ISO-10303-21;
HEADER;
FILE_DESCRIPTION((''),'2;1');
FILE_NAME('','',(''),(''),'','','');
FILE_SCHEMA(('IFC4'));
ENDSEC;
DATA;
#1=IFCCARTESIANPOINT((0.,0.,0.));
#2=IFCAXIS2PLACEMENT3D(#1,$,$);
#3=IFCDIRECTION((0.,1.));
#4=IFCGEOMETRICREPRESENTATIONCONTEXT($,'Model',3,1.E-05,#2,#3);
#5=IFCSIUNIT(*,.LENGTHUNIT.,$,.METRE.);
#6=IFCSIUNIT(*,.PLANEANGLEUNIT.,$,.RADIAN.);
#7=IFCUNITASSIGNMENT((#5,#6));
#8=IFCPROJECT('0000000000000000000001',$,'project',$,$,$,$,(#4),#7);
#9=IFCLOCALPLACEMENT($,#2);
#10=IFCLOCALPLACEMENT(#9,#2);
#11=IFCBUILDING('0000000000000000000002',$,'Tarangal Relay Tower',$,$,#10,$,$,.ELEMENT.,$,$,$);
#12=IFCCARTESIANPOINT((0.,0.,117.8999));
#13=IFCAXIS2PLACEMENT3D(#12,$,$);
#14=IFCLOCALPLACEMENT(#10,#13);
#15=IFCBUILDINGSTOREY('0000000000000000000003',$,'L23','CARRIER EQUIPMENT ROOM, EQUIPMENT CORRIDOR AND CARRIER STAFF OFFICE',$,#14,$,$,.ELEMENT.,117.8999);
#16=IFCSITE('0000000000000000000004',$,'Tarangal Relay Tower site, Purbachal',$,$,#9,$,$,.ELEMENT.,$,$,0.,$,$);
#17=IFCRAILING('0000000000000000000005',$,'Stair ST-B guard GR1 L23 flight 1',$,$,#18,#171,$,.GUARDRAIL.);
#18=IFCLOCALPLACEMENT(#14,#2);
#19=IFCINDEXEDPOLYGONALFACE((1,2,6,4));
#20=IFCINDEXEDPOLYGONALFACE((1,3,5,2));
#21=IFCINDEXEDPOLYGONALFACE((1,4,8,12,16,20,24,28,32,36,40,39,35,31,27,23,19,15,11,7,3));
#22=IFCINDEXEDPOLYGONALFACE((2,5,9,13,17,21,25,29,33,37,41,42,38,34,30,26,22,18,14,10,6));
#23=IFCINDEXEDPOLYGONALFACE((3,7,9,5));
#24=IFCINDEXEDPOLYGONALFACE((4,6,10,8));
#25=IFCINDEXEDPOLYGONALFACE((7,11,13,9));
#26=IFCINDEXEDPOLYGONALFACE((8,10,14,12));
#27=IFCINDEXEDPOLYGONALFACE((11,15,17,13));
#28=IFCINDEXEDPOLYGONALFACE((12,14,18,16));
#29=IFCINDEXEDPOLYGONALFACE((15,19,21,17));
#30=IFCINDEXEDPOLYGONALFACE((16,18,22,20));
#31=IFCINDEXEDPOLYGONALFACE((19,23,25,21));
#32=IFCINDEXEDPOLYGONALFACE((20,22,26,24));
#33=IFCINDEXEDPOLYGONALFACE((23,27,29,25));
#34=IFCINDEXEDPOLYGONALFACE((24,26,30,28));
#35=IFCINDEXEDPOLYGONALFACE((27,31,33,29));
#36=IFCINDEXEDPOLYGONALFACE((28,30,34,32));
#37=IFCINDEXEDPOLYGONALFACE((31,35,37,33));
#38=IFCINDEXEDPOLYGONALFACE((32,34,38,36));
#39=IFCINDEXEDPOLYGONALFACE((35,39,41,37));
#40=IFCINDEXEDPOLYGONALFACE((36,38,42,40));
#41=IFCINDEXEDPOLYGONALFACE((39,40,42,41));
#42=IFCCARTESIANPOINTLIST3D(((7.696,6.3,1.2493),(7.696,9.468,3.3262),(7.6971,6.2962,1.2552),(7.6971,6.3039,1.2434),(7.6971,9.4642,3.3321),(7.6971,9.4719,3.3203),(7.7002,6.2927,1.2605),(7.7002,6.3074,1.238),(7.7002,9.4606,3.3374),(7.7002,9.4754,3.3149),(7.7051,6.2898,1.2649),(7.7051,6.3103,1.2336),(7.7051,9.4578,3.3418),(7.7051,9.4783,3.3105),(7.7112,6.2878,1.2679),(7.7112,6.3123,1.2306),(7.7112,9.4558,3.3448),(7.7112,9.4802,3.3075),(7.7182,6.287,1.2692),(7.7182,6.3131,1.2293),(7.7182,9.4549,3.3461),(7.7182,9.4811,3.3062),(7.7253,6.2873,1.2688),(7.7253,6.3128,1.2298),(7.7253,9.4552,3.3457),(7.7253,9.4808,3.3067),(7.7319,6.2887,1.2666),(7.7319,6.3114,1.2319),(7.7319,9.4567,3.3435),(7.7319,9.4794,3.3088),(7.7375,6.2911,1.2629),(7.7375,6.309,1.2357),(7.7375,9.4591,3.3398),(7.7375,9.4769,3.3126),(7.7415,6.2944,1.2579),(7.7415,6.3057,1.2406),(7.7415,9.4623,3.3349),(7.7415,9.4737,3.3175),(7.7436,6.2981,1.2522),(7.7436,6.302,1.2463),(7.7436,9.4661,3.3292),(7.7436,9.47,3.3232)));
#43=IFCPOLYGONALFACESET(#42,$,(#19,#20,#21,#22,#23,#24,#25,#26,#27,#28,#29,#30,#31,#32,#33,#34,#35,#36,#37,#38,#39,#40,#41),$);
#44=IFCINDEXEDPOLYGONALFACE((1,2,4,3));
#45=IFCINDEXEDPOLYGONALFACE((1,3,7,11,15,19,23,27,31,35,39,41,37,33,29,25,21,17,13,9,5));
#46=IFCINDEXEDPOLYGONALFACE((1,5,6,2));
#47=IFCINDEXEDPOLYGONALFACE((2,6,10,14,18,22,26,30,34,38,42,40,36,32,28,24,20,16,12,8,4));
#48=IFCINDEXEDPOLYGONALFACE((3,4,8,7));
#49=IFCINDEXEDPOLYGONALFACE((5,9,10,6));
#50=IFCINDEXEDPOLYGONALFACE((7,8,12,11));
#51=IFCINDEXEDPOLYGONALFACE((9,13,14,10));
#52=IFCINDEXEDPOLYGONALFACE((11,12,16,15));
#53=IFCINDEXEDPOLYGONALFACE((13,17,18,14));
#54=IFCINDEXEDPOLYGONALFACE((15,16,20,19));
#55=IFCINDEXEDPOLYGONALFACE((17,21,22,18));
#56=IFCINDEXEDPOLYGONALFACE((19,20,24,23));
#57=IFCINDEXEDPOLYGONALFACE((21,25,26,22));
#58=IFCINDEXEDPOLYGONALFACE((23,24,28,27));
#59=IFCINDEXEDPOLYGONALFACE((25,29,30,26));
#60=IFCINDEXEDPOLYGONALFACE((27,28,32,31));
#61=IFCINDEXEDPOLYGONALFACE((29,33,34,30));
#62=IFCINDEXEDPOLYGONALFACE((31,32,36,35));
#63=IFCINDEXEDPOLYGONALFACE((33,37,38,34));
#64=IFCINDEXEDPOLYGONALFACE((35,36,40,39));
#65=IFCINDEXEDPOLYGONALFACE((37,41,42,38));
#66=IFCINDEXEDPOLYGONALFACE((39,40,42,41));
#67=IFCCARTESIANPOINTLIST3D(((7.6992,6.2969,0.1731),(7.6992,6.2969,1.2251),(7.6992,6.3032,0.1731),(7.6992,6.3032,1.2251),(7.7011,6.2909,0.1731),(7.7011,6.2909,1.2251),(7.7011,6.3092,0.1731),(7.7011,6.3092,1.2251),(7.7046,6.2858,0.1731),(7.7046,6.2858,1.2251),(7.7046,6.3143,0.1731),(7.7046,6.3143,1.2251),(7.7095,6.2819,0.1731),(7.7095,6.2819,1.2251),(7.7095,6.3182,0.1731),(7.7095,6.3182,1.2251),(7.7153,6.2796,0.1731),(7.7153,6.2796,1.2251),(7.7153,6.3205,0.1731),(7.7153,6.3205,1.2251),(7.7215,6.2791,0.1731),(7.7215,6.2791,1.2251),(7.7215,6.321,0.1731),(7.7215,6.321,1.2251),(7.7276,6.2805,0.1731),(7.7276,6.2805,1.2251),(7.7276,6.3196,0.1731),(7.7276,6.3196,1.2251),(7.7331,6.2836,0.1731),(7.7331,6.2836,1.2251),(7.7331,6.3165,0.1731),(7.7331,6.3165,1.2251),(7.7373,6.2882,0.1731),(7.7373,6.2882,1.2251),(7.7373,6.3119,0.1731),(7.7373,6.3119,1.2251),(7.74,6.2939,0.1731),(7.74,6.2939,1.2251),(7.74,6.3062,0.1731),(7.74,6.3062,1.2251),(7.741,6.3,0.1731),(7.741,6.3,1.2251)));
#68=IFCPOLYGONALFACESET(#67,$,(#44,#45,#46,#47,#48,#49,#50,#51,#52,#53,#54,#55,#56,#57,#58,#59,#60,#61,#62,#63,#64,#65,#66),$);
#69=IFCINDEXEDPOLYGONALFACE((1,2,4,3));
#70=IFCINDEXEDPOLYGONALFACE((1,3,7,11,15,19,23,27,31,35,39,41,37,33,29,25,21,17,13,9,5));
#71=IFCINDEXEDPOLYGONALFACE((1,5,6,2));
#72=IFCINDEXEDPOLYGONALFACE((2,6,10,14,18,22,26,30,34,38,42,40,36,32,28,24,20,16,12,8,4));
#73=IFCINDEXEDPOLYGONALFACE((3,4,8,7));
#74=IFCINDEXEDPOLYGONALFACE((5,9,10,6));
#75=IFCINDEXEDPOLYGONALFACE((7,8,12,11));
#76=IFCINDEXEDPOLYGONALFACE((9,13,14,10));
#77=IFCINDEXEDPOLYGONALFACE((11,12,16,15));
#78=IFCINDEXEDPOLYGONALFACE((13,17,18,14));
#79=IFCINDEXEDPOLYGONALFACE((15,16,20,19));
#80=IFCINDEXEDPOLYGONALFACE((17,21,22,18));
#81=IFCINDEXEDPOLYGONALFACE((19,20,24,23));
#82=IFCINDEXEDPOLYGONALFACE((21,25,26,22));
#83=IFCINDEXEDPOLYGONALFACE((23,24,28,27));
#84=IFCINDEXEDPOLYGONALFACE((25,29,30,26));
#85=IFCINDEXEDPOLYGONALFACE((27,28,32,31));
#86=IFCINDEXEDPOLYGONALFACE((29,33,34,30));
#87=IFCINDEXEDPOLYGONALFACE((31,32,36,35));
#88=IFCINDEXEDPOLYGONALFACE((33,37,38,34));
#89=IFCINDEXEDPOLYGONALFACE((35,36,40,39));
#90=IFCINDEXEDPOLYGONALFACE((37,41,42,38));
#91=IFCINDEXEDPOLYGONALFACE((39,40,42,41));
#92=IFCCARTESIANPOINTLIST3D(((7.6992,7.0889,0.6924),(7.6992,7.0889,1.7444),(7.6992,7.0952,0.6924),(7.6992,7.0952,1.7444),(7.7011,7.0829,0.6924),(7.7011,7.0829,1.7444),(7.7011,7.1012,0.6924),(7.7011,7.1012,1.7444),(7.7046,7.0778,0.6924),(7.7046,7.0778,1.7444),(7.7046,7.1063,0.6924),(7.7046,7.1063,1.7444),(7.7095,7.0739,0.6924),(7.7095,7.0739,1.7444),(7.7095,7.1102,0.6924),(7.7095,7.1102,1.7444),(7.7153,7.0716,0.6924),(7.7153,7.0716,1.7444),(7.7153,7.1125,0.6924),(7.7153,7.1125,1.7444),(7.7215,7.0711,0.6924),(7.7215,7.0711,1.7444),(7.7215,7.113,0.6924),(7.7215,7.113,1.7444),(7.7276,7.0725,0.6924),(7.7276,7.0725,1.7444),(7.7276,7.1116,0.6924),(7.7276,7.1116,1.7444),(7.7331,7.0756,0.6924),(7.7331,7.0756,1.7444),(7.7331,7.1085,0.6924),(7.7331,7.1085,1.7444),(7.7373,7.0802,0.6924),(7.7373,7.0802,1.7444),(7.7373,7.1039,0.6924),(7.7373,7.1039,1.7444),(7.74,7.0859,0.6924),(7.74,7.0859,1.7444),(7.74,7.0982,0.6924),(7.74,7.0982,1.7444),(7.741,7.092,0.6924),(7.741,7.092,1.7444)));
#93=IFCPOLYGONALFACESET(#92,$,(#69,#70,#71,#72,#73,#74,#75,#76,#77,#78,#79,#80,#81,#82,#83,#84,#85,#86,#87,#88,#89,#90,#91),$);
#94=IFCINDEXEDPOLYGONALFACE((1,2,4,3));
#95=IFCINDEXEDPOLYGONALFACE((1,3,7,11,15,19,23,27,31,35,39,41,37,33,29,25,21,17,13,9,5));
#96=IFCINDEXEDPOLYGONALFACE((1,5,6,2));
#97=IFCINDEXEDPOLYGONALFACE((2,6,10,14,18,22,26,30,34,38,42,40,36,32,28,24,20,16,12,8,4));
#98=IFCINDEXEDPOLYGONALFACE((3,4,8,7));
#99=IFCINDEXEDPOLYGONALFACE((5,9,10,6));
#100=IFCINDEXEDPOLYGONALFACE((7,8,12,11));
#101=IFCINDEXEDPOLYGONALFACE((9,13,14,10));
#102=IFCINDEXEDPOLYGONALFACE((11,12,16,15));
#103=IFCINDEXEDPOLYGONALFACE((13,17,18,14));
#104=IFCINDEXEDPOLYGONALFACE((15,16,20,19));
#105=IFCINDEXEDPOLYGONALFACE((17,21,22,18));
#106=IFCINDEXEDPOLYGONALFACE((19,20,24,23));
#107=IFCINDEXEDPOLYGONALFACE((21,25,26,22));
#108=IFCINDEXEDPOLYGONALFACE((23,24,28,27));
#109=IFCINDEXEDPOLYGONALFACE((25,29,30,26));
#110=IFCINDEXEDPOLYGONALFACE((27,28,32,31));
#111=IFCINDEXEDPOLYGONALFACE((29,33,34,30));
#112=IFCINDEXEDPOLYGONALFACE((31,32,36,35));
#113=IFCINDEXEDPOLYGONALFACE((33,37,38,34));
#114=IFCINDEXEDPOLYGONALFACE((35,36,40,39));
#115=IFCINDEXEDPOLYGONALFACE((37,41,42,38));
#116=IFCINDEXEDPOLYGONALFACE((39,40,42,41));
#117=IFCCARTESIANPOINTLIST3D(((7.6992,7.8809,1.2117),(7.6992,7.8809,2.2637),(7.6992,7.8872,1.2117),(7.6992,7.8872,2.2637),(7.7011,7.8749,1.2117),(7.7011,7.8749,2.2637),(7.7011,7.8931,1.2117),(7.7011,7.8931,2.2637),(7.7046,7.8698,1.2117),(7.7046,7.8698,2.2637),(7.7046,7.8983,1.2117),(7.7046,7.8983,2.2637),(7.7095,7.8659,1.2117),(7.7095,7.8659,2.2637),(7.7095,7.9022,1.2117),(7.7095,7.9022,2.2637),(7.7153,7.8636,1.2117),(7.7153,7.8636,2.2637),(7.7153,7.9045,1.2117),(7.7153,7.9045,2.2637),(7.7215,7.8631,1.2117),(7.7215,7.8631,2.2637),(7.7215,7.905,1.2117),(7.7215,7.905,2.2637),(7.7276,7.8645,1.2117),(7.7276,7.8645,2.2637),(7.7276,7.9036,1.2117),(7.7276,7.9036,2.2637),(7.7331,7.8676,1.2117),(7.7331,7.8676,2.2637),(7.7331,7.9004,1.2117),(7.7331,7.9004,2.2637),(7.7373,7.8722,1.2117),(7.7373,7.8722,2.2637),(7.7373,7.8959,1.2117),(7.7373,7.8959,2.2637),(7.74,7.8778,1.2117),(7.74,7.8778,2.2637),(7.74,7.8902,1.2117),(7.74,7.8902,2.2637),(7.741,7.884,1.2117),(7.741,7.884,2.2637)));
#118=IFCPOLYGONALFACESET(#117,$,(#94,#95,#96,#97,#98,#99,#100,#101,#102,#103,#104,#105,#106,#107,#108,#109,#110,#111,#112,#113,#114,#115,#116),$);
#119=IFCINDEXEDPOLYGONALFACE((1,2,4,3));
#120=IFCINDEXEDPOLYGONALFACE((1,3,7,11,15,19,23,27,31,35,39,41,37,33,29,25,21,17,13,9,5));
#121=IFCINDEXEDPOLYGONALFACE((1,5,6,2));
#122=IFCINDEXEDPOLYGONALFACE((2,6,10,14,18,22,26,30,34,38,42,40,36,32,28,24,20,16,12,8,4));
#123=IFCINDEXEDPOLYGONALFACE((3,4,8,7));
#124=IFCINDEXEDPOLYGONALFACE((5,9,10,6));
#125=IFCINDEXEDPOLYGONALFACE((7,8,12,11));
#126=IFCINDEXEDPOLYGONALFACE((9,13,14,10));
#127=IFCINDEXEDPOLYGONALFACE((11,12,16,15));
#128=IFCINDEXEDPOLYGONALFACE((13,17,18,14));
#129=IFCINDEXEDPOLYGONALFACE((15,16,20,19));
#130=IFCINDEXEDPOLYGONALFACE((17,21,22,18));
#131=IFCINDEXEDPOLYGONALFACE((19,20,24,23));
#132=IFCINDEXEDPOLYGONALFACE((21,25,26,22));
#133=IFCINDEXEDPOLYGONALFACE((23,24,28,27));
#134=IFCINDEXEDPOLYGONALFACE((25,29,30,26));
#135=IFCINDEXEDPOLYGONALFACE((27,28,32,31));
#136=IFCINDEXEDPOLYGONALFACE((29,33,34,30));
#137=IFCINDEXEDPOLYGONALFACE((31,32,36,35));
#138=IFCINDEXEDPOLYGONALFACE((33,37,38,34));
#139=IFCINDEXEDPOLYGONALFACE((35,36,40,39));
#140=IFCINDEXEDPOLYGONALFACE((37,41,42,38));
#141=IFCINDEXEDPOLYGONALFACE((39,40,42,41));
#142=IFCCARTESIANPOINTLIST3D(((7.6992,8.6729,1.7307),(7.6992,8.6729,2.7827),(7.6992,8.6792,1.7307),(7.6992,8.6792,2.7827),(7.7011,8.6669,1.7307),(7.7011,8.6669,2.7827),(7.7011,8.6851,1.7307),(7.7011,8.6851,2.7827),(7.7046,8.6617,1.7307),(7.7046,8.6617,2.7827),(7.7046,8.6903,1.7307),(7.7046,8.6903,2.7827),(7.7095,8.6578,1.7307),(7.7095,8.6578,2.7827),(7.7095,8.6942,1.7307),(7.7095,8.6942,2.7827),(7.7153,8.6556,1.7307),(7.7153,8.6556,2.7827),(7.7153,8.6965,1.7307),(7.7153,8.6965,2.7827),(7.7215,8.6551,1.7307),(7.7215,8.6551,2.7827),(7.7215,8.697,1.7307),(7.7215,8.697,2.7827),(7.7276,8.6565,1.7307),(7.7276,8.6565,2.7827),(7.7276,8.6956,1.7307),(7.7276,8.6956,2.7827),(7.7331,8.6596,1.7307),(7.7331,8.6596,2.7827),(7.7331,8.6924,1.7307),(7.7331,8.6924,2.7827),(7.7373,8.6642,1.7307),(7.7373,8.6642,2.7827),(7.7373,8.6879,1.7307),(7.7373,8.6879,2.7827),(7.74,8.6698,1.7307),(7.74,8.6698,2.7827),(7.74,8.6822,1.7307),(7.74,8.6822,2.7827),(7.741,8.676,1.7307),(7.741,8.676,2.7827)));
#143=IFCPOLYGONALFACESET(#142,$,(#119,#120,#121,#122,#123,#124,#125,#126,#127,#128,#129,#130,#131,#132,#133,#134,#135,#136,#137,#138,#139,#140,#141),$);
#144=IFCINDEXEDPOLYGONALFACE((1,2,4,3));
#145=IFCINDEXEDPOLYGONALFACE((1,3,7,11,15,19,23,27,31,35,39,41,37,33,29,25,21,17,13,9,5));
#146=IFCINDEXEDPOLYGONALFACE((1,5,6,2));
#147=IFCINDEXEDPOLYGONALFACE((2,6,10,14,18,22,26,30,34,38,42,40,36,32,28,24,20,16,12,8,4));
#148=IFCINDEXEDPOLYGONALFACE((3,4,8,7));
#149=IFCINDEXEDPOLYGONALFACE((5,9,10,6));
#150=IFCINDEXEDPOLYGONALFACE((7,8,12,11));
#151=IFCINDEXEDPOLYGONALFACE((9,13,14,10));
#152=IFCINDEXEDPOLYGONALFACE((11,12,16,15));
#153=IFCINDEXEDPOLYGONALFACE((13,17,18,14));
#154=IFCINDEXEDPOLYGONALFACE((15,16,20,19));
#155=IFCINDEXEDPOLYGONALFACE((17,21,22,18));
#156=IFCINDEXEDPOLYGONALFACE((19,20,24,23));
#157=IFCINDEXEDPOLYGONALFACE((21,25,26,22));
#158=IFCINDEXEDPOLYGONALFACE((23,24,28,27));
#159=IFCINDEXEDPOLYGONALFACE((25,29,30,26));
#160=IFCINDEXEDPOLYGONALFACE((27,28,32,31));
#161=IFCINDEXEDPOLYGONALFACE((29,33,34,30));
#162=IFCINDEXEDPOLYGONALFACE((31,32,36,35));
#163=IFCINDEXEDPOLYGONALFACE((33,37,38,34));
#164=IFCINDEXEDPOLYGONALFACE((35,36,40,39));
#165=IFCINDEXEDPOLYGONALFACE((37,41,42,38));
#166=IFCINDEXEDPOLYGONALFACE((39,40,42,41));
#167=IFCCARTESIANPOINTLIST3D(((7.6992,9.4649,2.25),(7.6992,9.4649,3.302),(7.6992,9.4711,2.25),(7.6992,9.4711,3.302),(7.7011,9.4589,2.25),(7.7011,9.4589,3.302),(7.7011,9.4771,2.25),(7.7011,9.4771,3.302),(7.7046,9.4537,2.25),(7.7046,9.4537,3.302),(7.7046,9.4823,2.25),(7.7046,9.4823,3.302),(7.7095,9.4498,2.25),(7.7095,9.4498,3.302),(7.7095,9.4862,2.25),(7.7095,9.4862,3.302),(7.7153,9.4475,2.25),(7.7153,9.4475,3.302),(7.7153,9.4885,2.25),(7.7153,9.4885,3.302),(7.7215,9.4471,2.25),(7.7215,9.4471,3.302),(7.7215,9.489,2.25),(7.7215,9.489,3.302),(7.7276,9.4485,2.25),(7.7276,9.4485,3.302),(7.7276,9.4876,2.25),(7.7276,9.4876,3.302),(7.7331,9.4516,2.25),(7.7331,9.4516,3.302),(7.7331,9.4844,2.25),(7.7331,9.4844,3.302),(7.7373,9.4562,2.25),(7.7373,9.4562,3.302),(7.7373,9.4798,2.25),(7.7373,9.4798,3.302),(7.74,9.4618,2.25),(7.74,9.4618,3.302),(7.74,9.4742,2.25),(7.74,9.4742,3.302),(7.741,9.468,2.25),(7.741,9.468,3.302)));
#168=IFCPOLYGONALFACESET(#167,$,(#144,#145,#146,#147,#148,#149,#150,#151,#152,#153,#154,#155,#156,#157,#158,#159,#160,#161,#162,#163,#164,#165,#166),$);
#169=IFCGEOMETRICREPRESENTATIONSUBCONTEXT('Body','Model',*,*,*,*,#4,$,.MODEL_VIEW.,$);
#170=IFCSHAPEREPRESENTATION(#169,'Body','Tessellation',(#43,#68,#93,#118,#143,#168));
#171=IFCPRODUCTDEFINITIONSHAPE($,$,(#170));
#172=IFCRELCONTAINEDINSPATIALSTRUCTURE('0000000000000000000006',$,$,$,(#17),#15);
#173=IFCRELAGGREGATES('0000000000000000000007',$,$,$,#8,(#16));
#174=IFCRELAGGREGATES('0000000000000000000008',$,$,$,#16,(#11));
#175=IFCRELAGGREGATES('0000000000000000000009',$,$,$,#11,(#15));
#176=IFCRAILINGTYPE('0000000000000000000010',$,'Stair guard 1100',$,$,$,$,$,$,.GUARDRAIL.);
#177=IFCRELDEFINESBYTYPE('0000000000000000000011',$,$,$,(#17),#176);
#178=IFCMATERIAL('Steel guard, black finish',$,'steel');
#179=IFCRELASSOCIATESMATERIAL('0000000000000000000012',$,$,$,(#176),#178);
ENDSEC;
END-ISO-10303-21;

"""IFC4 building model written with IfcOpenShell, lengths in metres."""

from ifc_helpers import new_model, si_unit, direction, frame, origin, origin_2d, place, context, subcontext, project, spatial, circle, extrude, material, type_object, element, save


model = new_model("IFC4")

# Units and contexts
model_context = context("Model", 3, precision=1e-05, world=origin(), true_north=direction((0.0, 1.0)))
body_context = subcontext(model_context, "Body", "Model", "MODEL_VIEW")
ifc_project = project(units=[si_unit("LENGTHUNIT", "METRE"), si_unit("PLANEANGLEUNIT", "RADIAN")], contexts=[model_context])

# Site, building, storey
site_placement = place(None, origin())
site = spatial("IfcSite", under=ifc_project, at=site_placement, Name="Tarangal Relay Tower site, Purbachal", CompositionType="ELEMENT", RefElevation=0.0)
building_placement = place(site_placement, origin())
building = spatial("IfcBuilding", under=site, at=building_placement, Name="Tarangal Relay Tower", CompositionType="ELEMENT")
storey_placement = place(building_placement, frame((0.0, 0.0, 117.8999)))
storey = spatial("IfcBuildingStorey", under=building, at=storey_placement, Name="L23", Description="CARRIER EQUIPMENT ROOM, EQUIPMENT CORRIDOR AND CARRIER STAFF OFFICE", CompositionType="ELEMENT", Elevation=117.8999)

# Railing
ifc_material_1 = material(Name="Steel guard, black finish", Category="steel")
railing_type_1 = type_object("IfcRailingType", Name="Stair guard 1100", PredefinedType="GUARDRAIL", material=ifc_material_1)
railing_1_placement = place(storey_placement, frame((7.72, 6.3, 0.1731)))
element("IfcRailing", 1, at=railing_1_placement, inside=storey, type_object=railing_type_1, Name="Stair ST-B guard GR1 L23 flight 1", PredefinedType="GUARDRAIL", context=body_context, shape_type="SweptSolid", body=[
    extrude(circle(Radius=0.0239, at=origin_2d()), frame((0.0, 0.0, 1.0762), z_axis=(0.0, 0.836299, 0.548273), x_axis=(-1.0, 0.0, 0.0)), (0.0, 0.0, 1.0), 3.7881),
    extrude(circle(Radius=0.021, at=origin_2d()), origin(), (0.0, 0.0, 1.0), 1.052),
    extrude(circle(Radius=0.021, at=origin_2d()), frame((0.0, 0.792, 0.5193)), (0.0, 0.0, 1.0), 1.052),
    extrude(circle(Radius=0.021, at=origin_2d()), frame((0.0, 1.584, 1.0386)), (0.0, 0.0, 1.0), 1.052),
    extrude(circle(Radius=0.021, at=origin_2d()), frame((0.0, 2.376, 1.5576)), (0.0, 0.0, 1.0), 1.052),
    extrude(circle(Radius=0.021, at=origin_2d()), frame((0.0, 3.168, 2.0769)), (0.0, 0.0, 1.0), 1.052),
])

save(model, "model.ifc")
